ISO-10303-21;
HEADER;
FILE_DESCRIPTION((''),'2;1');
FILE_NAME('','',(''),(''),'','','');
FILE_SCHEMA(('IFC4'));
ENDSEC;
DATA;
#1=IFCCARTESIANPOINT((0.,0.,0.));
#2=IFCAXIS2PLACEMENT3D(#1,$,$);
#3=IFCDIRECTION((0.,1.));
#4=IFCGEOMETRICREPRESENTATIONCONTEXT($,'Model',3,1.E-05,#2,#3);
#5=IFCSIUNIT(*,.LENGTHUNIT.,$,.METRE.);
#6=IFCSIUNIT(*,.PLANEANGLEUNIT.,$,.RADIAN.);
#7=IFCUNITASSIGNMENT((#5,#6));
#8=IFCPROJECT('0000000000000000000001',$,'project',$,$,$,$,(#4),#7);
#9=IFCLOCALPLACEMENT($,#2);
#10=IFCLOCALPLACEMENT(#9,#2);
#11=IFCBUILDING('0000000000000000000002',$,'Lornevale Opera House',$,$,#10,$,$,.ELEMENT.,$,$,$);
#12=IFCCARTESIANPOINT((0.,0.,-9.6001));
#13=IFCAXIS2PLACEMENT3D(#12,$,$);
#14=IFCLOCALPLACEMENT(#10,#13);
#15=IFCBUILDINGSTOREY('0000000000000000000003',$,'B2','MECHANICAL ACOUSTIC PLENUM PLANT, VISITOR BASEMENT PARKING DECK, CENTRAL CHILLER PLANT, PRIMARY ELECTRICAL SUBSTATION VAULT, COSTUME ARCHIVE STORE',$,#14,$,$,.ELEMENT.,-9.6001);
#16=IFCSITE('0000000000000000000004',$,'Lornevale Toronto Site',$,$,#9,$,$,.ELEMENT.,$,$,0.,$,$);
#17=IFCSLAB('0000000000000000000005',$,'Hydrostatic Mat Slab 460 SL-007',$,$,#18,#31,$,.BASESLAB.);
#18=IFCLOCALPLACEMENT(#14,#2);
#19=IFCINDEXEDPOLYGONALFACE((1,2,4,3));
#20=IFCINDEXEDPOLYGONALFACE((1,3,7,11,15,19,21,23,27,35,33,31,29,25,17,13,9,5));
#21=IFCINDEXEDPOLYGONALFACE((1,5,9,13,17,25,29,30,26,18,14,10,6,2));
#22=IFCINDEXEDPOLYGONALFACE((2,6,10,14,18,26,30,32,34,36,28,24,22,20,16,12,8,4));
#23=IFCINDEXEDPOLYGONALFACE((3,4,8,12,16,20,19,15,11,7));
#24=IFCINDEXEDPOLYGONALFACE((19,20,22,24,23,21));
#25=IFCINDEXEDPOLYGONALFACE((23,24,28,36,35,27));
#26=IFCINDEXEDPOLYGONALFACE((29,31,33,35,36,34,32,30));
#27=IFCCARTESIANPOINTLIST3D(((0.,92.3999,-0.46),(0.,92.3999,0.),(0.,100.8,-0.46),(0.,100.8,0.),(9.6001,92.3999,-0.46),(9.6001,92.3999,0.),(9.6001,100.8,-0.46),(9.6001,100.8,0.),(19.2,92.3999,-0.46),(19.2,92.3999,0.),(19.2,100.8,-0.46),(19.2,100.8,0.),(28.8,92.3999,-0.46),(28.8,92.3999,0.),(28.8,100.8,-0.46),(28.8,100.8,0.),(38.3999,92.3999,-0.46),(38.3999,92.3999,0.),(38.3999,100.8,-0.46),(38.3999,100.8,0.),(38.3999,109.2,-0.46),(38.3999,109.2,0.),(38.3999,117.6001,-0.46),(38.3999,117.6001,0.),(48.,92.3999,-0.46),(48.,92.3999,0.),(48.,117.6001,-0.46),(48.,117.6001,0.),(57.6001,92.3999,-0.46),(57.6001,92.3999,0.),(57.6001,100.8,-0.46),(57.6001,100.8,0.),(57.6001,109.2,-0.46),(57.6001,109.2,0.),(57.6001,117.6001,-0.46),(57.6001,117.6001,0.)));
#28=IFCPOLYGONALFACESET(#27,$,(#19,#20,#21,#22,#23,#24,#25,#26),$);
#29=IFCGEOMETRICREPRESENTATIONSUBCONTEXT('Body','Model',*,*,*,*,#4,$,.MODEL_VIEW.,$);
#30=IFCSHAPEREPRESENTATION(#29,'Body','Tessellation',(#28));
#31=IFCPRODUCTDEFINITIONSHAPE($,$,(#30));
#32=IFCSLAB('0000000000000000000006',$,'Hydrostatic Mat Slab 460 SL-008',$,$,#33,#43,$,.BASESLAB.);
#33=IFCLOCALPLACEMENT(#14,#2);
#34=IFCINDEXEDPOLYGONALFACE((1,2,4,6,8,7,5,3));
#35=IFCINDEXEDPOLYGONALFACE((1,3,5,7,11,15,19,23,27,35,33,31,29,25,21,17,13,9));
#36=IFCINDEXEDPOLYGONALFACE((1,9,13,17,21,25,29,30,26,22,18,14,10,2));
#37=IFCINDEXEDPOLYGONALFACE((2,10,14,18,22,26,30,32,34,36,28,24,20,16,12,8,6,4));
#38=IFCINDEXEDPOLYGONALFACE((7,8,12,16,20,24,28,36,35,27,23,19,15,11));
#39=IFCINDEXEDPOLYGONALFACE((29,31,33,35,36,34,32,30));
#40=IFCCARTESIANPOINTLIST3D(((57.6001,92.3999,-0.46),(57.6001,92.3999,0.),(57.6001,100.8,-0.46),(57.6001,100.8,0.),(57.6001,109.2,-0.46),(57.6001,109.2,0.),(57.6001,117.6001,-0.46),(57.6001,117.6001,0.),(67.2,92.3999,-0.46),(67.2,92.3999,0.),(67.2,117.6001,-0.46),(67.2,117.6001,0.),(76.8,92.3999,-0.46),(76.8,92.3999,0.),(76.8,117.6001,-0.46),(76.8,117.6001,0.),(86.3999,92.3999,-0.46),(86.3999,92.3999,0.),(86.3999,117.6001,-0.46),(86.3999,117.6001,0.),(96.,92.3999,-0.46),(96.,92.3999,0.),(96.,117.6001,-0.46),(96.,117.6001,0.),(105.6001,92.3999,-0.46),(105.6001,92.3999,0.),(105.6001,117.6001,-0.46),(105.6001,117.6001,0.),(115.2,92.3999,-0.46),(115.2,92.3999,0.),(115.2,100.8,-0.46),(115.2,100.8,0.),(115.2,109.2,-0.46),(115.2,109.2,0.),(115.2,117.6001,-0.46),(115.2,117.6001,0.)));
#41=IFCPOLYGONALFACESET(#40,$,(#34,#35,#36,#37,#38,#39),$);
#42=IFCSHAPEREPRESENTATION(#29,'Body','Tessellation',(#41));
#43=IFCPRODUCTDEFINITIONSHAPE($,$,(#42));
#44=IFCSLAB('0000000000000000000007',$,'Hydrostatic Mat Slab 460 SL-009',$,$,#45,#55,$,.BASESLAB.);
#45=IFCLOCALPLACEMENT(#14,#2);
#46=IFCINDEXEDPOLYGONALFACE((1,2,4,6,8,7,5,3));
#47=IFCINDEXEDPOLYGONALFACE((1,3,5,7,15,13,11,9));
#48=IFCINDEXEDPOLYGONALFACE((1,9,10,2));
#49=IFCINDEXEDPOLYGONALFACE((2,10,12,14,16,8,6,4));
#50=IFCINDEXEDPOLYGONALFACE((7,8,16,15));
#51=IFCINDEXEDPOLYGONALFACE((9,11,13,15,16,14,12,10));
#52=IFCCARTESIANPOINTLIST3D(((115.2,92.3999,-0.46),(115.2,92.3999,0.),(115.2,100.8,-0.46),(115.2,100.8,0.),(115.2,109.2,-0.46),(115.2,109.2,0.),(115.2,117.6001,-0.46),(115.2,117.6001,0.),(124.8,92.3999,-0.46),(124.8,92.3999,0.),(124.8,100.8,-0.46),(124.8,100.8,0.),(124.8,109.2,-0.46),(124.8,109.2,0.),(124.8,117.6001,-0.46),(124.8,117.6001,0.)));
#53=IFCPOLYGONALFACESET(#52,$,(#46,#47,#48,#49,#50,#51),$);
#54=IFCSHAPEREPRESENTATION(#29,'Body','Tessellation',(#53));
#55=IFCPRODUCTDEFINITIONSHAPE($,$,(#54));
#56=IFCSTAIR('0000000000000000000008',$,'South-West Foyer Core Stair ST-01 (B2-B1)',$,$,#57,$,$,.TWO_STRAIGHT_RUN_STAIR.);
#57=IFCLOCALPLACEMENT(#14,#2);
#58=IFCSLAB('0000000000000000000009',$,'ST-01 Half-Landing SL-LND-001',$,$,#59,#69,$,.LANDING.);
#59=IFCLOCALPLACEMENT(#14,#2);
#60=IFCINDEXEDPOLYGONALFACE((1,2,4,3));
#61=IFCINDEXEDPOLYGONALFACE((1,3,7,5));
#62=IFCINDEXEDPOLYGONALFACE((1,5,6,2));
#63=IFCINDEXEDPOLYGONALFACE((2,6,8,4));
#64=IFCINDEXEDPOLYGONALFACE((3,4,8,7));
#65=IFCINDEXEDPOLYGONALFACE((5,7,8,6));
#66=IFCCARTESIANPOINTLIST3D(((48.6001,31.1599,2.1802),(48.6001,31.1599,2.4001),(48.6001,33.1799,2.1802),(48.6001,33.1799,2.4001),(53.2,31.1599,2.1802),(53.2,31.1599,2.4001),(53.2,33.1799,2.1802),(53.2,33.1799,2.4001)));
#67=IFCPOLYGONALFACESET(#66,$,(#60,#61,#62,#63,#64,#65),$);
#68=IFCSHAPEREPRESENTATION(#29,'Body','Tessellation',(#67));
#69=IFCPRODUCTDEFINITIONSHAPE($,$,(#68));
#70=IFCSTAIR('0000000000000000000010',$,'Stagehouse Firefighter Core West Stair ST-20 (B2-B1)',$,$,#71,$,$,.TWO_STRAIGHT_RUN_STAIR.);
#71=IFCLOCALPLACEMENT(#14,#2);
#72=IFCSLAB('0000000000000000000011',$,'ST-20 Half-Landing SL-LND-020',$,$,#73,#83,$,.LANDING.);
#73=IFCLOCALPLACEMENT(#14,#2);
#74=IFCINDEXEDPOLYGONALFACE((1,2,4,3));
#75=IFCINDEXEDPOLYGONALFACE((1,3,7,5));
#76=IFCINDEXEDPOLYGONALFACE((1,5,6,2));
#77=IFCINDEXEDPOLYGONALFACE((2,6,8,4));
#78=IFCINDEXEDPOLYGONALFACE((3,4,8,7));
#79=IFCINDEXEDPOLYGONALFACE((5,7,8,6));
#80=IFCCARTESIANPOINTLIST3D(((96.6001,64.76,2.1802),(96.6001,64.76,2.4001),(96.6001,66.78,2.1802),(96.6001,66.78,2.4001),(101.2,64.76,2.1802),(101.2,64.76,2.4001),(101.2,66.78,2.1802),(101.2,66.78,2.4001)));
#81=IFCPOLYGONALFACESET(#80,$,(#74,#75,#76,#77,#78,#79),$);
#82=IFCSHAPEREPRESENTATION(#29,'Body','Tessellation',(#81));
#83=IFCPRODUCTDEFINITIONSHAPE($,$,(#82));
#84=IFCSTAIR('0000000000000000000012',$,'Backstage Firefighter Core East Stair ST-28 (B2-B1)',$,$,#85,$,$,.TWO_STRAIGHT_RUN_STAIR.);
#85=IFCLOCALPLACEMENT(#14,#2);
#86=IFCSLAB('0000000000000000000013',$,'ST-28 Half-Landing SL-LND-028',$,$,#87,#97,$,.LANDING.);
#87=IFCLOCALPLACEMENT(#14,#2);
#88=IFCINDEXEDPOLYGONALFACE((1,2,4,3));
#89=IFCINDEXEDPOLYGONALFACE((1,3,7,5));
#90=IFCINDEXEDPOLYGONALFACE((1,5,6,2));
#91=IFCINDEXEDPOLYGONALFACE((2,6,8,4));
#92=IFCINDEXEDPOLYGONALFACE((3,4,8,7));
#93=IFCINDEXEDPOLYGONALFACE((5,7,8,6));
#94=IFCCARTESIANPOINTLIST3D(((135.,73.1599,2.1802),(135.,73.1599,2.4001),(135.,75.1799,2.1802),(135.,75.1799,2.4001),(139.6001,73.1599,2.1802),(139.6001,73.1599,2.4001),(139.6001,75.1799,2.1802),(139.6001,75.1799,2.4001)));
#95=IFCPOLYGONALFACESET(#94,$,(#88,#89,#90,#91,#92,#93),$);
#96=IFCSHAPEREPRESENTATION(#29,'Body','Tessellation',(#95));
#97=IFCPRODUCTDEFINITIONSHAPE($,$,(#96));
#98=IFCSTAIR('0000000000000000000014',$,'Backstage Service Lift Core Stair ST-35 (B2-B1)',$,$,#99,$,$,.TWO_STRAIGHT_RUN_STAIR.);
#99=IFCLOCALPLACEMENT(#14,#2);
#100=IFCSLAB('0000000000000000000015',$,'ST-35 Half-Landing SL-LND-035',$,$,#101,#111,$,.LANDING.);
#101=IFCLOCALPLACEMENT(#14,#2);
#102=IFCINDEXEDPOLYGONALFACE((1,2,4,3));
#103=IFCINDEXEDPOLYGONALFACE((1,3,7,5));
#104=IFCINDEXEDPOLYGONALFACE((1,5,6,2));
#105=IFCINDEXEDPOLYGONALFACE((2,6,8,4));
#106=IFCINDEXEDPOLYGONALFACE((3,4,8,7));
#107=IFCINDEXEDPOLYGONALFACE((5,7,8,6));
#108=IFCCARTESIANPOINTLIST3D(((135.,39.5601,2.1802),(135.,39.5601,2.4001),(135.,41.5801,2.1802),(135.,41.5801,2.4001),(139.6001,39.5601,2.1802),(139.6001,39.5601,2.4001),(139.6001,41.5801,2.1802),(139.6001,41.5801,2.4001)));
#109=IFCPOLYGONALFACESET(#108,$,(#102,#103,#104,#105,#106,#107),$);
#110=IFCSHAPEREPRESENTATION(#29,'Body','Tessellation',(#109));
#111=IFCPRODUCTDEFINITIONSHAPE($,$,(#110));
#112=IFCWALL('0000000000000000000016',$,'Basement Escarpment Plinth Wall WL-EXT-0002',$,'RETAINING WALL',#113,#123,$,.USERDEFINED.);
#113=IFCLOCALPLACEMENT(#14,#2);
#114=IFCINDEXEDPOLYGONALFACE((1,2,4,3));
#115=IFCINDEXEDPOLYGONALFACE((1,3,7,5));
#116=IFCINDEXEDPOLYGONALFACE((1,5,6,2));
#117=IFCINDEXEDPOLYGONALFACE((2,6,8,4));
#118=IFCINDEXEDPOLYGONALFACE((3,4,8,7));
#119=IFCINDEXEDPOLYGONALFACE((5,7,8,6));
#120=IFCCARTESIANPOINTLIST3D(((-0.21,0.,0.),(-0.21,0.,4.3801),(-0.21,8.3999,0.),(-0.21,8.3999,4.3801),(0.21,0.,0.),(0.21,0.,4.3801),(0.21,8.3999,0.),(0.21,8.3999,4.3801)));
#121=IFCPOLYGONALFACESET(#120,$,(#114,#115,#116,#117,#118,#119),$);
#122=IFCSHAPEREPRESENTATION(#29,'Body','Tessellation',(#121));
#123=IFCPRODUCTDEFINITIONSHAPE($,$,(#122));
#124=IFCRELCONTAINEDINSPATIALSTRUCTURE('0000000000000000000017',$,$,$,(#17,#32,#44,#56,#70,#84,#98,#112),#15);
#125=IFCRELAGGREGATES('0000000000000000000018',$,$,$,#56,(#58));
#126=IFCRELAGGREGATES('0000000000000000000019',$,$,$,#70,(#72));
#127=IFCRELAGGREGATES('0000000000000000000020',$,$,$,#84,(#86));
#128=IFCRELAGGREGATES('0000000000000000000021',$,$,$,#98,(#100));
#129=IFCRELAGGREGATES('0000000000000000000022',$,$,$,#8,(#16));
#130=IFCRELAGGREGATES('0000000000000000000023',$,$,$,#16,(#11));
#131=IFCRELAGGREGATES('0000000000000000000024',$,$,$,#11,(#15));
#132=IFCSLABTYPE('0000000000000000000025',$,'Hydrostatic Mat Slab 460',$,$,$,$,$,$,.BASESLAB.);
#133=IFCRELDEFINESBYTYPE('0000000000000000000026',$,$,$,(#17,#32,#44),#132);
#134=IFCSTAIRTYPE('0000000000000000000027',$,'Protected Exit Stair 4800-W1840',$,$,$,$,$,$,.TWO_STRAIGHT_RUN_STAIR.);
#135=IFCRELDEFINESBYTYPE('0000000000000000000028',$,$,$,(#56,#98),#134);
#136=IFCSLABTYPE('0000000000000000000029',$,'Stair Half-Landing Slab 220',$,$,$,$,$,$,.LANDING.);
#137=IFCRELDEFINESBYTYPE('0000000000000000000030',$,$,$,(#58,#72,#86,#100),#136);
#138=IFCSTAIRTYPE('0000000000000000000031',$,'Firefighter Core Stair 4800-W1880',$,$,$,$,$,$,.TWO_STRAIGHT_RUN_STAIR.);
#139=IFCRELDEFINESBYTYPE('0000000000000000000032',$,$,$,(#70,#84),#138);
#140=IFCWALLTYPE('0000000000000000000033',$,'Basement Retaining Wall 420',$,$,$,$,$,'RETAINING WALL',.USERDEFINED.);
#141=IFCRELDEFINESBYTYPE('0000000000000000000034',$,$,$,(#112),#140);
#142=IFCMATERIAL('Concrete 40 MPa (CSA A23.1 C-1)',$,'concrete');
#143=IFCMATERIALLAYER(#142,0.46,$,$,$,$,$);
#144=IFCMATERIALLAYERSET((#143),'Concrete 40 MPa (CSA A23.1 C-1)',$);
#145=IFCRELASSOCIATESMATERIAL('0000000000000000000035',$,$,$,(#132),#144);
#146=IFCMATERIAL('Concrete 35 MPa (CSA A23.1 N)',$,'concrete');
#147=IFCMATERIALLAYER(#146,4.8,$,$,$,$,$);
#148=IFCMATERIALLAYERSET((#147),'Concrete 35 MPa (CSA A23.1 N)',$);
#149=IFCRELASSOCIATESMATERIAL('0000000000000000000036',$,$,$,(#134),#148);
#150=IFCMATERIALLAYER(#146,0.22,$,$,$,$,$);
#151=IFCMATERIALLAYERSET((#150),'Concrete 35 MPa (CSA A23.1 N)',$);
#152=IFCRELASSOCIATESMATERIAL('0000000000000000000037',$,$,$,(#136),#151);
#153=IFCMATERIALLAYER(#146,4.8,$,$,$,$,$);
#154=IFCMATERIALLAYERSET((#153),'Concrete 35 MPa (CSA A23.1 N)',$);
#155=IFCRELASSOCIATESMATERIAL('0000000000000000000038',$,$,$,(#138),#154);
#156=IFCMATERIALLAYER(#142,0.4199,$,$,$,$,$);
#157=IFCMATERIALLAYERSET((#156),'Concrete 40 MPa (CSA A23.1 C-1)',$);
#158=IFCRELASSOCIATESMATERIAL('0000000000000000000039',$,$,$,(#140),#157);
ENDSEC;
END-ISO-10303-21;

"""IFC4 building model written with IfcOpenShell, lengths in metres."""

from ifc_helpers import new_model, si_unit, direction, frame, frame_2d, origin, place, context, subcontext, project, spatial, polyline, rectangle, outline, extrude, material, layer, layer_set, type_object, element, aggregate, save


model = new_model("IFC4")

# Units and contexts
model_context = context("Model", 3, precision=1e-05, world=origin(), true_north=direction((0.0, 1.0)))
body_context = subcontext(model_context, "Body", "Model", "MODEL_VIEW")
ifc_project = project(units=[si_unit("LENGTHUNIT", "METRE"), si_unit("PLANEANGLEUNIT", "RADIAN")], contexts=[model_context])

# Site, building, storey
site_placement = place(None, origin())
site = spatial("IfcSite", under=ifc_project, at=site_placement, Name="Lornevale Toronto Site", CompositionType="ELEMENT", RefElevation=0.0)
building_placement = place(site_placement, origin())
building = spatial("IfcBuilding", under=site, at=building_placement, Name="Lornevale Opera House", CompositionType="ELEMENT")
storey_placement = place(building_placement, frame((0.0, 0.0, -9.6001)))
storey = spatial("IfcBuildingStorey", under=building, at=storey_placement, Name="B2", Description="MECHANICAL ACOUSTIC PLENUM PLANT, VISITOR BASEMENT PARKING DECK, CENTRAL CHILLER PLANT, PRIMARY ELECTRICAL SUBSTATION VAULT, COSTUME ARCHIVE STORE", CompositionType="ELEMENT", Elevation=-9.6001)

# Shared definitions
ifc_material_1 = material(Name="Concrete 35 MPa (CSA A23.1 N)", Category="concrete")

# Shared definitions
ifc_material_2 = material(Name="Concrete 40 MPa (CSA A23.1 C-1)", Category="concrete")

# Slabs
ifc_layer_1 = layer(ifc_material_2, 0.46)
ifc_layer_set_1 = layer_set([ifc_layer_1], Name="Concrete 40 MPa (CSA A23.1 C-1)")
slab_type_1 = type_object("IfcSlabType", Name="Hydrostatic Mat Slab 460", PredefinedType="BASESLAB", material=ifc_layer_set_1)
slab_1_placement = place(storey_placement, frame((0.0, 0.0, -0.46)))
element("IfcSlab", 1, at=slab_1_placement, inside=storey, type_object=slab_type_1, Name="Hydrostatic Mat Slab 460 SL-007", PredefinedType="BASESLAB", context=body_context, shape_type="SweptSolid", body=[
    extrude(outline(polyline([(9.6001, 100.8), (19.2, 100.8), (28.8, 100.8), (38.3999, 100.8), (38.3999, 109.2), (38.3999, 117.6001), (48.0, 117.6001), (57.6001, 117.6001), (57.6001, 109.2), (57.6001, 100.8), (57.6001, 92.3999), (48.0, 92.3999), (38.3999, 92.3999), (28.8, 92.3999), (19.2, 92.3999), (9.6001, 92.3999), (0.0, 92.3999), (0.0, 100.8), (9.6001, 100.8)])), origin(), (0.0, 0.0, 1.0), 0.46),
])
slab_2_placement = place(storey_placement, frame((0.0, 0.0, -0.46)))
element("IfcSlab", 2, at=slab_2_placement, inside=storey, type_object=slab_type_1, Name="Hydrostatic Mat Slab 460 SL-008", PredefinedType="BASESLAB", context=body_context, shape_type="SweptSolid", body=[
    extrude(outline(polyline([(57.6001, 117.6001), (67.2, 117.6001), (76.8, 117.6001), (86.3999, 117.6001), (96.0, 117.6001), (105.6001, 117.6001), (115.2, 117.6001), (115.2, 109.2), (115.2, 100.8), (115.2, 92.3999), (105.6001, 92.3999), (96.0, 92.3999), (86.3999, 92.3999), (76.8, 92.3999), (67.2, 92.3999), (57.6001, 92.3999), (57.6001, 100.8), (57.6001, 109.2), (57.6001, 117.6001)])), origin(), (0.0, 0.0, 1.0), 0.46),
])
slab_3_placement = place(storey_placement, frame((0.0, 0.0, -0.46)))
element("IfcSlab", 3, at=slab_3_placement, inside=storey, type_object=slab_type_1, Name="Hydrostatic Mat Slab 460 SL-009", PredefinedType="BASESLAB", context=body_context, shape_type="SweptSolid", body=[
    extrude(outline(polyline([(124.8, 92.3999), (115.2, 92.3999), (115.2, 100.8), (115.2, 109.2), (115.2, 117.6001), (124.8, 117.6001), (124.8, 109.2), (124.8, 100.8), (124.8, 92.3999)])), origin(), (0.0, 0.0, 1.0), 0.46),
])

# Stairs, slabs
ifc_layer_2 = layer(ifc_material_1, 4.8)
ifc_layer_set_2 = layer_set([ifc_layer_2], Name="Concrete 35 MPa (CSA A23.1 N)")
stair_type_1 = type_object("IfcStairType", Name="Protected Exit Stair 4800-W1840", PredefinedType="TWO_STRAIGHT_RUN_STAIR", material=ifc_layer_set_2)
stair_1_placement = place(storey_placement, origin())
stair_1 = element("IfcStair", 4, at=stair_1_placement, inside=storey, type_object=stair_type_1, Name="South-West Foyer Core Stair ST-01 (B2-B1)", PredefinedType="TWO_STRAIGHT_RUN_STAIR")
ifc_layer_3 = layer(ifc_material_1, 0.22)
ifc_layer_set_3 = layer_set([ifc_layer_3], Name="Concrete 35 MPa (CSA A23.1 N)")
slab_type_2 = type_object("IfcSlabType", Name="Stair Half-Landing Slab 220", PredefinedType="LANDING", material=ifc_layer_set_3)
slab_4_placement = place(storey_placement, frame((0.0, 0.0, 2.1802)))
slab_4 = element("IfcSlab", 5, at=slab_4_placement, type_object=slab_type_2, Name="ST-01 Half-Landing SL-LND-001", PredefinedType="LANDING", context=body_context, shape_type="SweptSolid", body=[
    extrude(outline(polyline([(48.6001, 31.1599), (53.2, 31.1599), (53.2, 33.1799), (48.6001, 33.1799), (48.6001, 31.1599)])), origin(), (0.0, 0.0, 1.0), 0.22),
])
aggregate(stair_1, [slab_4])
ifc_layer_4 = layer(ifc_material_1, 4.8)
ifc_layer_set_4 = layer_set([ifc_layer_4], Name="Concrete 35 MPa (CSA A23.1 N)")
stair_type_2 = type_object("IfcStairType", Name="Firefighter Core Stair 4800-W1880", PredefinedType="TWO_STRAIGHT_RUN_STAIR", material=ifc_layer_set_4)
stair_2_placement = place(storey_placement, origin())
stair_2 = element("IfcStair", 6, at=stair_2_placement, inside=storey, type_object=stair_type_2, Name="Stagehouse Firefighter Core West Stair ST-20 (B2-B1)", PredefinedType="TWO_STRAIGHT_RUN_STAIR")
slab_5_placement = place(storey_placement, frame((0.0, 0.0, 2.1802)))
slab_5 = element("IfcSlab", 7, at=slab_5_placement, type_object=slab_type_2, Name="ST-20 Half-Landing SL-LND-020", PredefinedType="LANDING", context=body_context, shape_type="SweptSolid", body=[
    extrude(outline(polyline([(96.6001, 64.76), (101.2, 64.76), (101.2, 66.78), (96.6001, 66.78), (96.6001, 64.76)])), origin(), (0.0, 0.0, 1.0), 0.22),
])
aggregate(stair_2, [slab_5])
stair_3_placement = place(storey_placement, origin())
stair_3 = element("IfcStair", 8, at=stair_3_placement, inside=storey, type_object=stair_type_2, Name="Backstage Firefighter Core East Stair ST-28 (B2-B1)", PredefinedType="TWO_STRAIGHT_RUN_STAIR")
slab_6_placement = place(storey_placement, frame((0.0, 0.0, 2.1802)))
slab_6 = element("IfcSlab", 9, at=slab_6_placement, type_object=slab_type_2, Name="ST-28 Half-Landing SL-LND-028", PredefinedType="LANDING", context=body_context, shape_type="SweptSolid", body=[
    extrude(outline(polyline([(135.0, 73.1599), (139.6001, 73.1599), (139.6001, 75.1799), (135.0, 75.1799), (135.0, 73.1599)])), origin(), (0.0, 0.0, 1.0), 0.22),
])
aggregate(stair_3, [slab_6])
stair_4_placement = place(storey_placement, origin())
stair_4 = element("IfcStair", 10, at=stair_4_placement, inside=storey, type_object=stair_type_1, Name="Backstage Service Lift Core Stair ST-35 (B2-B1)", PredefinedType="TWO_STRAIGHT_RUN_STAIR")
slab_7_placement = place(storey_placement, frame((0.0, 0.0, 2.1802)))
slab_7 = element("IfcSlab", 11, at=slab_7_placement, type_object=slab_type_2, Name="ST-35 Half-Landing SL-LND-035", PredefinedType="LANDING", context=body_context, shape_type="SweptSolid", body=[
    extrude(outline(polyline([(135.0, 39.5601), (139.6001, 39.5601), (139.6001, 41.5801), (135.0, 41.5801), (135.0, 39.5601)])), origin(), (0.0, 0.0, 1.0), 0.22),
])
aggregate(stair_4, [slab_7])

# Wall
ifc_layer_5 = layer(ifc_material_2, 0.4199)
ifc_layer_set_5 = layer_set([ifc_layer_5], Name="Concrete 40 MPa (CSA A23.1 C-1)")
wall_type = type_object("IfcWallType", Name="Basement Retaining Wall 420", ElementType="RETAINING WALL", PredefinedType="USERDEFINED", material=ifc_layer_set_5)
wall_placement = place(storey_placement, frame((0.0, 0.0, 0.0), z_axis=(0.0, 0.0, 1.0), x_axis=(0.0, 1.0, 0.0)))
element("IfcWall", 12, at=wall_placement, inside=storey, type_object=wall_type, Name="Basement Escarpment Plinth Wall WL-EXT-0002", ObjectType="RETAINING WALL", PredefinedType="USERDEFINED", context=body_context, shape_type="SweptSolid", body=[
    extrude(rectangle(XDim=8.3999, YDim=0.4199, at=frame_2d((4.2, 0.0))), origin(), (0.0, 0.0, 1.0), 4.3801),
])

save(model, "model.ifc")
